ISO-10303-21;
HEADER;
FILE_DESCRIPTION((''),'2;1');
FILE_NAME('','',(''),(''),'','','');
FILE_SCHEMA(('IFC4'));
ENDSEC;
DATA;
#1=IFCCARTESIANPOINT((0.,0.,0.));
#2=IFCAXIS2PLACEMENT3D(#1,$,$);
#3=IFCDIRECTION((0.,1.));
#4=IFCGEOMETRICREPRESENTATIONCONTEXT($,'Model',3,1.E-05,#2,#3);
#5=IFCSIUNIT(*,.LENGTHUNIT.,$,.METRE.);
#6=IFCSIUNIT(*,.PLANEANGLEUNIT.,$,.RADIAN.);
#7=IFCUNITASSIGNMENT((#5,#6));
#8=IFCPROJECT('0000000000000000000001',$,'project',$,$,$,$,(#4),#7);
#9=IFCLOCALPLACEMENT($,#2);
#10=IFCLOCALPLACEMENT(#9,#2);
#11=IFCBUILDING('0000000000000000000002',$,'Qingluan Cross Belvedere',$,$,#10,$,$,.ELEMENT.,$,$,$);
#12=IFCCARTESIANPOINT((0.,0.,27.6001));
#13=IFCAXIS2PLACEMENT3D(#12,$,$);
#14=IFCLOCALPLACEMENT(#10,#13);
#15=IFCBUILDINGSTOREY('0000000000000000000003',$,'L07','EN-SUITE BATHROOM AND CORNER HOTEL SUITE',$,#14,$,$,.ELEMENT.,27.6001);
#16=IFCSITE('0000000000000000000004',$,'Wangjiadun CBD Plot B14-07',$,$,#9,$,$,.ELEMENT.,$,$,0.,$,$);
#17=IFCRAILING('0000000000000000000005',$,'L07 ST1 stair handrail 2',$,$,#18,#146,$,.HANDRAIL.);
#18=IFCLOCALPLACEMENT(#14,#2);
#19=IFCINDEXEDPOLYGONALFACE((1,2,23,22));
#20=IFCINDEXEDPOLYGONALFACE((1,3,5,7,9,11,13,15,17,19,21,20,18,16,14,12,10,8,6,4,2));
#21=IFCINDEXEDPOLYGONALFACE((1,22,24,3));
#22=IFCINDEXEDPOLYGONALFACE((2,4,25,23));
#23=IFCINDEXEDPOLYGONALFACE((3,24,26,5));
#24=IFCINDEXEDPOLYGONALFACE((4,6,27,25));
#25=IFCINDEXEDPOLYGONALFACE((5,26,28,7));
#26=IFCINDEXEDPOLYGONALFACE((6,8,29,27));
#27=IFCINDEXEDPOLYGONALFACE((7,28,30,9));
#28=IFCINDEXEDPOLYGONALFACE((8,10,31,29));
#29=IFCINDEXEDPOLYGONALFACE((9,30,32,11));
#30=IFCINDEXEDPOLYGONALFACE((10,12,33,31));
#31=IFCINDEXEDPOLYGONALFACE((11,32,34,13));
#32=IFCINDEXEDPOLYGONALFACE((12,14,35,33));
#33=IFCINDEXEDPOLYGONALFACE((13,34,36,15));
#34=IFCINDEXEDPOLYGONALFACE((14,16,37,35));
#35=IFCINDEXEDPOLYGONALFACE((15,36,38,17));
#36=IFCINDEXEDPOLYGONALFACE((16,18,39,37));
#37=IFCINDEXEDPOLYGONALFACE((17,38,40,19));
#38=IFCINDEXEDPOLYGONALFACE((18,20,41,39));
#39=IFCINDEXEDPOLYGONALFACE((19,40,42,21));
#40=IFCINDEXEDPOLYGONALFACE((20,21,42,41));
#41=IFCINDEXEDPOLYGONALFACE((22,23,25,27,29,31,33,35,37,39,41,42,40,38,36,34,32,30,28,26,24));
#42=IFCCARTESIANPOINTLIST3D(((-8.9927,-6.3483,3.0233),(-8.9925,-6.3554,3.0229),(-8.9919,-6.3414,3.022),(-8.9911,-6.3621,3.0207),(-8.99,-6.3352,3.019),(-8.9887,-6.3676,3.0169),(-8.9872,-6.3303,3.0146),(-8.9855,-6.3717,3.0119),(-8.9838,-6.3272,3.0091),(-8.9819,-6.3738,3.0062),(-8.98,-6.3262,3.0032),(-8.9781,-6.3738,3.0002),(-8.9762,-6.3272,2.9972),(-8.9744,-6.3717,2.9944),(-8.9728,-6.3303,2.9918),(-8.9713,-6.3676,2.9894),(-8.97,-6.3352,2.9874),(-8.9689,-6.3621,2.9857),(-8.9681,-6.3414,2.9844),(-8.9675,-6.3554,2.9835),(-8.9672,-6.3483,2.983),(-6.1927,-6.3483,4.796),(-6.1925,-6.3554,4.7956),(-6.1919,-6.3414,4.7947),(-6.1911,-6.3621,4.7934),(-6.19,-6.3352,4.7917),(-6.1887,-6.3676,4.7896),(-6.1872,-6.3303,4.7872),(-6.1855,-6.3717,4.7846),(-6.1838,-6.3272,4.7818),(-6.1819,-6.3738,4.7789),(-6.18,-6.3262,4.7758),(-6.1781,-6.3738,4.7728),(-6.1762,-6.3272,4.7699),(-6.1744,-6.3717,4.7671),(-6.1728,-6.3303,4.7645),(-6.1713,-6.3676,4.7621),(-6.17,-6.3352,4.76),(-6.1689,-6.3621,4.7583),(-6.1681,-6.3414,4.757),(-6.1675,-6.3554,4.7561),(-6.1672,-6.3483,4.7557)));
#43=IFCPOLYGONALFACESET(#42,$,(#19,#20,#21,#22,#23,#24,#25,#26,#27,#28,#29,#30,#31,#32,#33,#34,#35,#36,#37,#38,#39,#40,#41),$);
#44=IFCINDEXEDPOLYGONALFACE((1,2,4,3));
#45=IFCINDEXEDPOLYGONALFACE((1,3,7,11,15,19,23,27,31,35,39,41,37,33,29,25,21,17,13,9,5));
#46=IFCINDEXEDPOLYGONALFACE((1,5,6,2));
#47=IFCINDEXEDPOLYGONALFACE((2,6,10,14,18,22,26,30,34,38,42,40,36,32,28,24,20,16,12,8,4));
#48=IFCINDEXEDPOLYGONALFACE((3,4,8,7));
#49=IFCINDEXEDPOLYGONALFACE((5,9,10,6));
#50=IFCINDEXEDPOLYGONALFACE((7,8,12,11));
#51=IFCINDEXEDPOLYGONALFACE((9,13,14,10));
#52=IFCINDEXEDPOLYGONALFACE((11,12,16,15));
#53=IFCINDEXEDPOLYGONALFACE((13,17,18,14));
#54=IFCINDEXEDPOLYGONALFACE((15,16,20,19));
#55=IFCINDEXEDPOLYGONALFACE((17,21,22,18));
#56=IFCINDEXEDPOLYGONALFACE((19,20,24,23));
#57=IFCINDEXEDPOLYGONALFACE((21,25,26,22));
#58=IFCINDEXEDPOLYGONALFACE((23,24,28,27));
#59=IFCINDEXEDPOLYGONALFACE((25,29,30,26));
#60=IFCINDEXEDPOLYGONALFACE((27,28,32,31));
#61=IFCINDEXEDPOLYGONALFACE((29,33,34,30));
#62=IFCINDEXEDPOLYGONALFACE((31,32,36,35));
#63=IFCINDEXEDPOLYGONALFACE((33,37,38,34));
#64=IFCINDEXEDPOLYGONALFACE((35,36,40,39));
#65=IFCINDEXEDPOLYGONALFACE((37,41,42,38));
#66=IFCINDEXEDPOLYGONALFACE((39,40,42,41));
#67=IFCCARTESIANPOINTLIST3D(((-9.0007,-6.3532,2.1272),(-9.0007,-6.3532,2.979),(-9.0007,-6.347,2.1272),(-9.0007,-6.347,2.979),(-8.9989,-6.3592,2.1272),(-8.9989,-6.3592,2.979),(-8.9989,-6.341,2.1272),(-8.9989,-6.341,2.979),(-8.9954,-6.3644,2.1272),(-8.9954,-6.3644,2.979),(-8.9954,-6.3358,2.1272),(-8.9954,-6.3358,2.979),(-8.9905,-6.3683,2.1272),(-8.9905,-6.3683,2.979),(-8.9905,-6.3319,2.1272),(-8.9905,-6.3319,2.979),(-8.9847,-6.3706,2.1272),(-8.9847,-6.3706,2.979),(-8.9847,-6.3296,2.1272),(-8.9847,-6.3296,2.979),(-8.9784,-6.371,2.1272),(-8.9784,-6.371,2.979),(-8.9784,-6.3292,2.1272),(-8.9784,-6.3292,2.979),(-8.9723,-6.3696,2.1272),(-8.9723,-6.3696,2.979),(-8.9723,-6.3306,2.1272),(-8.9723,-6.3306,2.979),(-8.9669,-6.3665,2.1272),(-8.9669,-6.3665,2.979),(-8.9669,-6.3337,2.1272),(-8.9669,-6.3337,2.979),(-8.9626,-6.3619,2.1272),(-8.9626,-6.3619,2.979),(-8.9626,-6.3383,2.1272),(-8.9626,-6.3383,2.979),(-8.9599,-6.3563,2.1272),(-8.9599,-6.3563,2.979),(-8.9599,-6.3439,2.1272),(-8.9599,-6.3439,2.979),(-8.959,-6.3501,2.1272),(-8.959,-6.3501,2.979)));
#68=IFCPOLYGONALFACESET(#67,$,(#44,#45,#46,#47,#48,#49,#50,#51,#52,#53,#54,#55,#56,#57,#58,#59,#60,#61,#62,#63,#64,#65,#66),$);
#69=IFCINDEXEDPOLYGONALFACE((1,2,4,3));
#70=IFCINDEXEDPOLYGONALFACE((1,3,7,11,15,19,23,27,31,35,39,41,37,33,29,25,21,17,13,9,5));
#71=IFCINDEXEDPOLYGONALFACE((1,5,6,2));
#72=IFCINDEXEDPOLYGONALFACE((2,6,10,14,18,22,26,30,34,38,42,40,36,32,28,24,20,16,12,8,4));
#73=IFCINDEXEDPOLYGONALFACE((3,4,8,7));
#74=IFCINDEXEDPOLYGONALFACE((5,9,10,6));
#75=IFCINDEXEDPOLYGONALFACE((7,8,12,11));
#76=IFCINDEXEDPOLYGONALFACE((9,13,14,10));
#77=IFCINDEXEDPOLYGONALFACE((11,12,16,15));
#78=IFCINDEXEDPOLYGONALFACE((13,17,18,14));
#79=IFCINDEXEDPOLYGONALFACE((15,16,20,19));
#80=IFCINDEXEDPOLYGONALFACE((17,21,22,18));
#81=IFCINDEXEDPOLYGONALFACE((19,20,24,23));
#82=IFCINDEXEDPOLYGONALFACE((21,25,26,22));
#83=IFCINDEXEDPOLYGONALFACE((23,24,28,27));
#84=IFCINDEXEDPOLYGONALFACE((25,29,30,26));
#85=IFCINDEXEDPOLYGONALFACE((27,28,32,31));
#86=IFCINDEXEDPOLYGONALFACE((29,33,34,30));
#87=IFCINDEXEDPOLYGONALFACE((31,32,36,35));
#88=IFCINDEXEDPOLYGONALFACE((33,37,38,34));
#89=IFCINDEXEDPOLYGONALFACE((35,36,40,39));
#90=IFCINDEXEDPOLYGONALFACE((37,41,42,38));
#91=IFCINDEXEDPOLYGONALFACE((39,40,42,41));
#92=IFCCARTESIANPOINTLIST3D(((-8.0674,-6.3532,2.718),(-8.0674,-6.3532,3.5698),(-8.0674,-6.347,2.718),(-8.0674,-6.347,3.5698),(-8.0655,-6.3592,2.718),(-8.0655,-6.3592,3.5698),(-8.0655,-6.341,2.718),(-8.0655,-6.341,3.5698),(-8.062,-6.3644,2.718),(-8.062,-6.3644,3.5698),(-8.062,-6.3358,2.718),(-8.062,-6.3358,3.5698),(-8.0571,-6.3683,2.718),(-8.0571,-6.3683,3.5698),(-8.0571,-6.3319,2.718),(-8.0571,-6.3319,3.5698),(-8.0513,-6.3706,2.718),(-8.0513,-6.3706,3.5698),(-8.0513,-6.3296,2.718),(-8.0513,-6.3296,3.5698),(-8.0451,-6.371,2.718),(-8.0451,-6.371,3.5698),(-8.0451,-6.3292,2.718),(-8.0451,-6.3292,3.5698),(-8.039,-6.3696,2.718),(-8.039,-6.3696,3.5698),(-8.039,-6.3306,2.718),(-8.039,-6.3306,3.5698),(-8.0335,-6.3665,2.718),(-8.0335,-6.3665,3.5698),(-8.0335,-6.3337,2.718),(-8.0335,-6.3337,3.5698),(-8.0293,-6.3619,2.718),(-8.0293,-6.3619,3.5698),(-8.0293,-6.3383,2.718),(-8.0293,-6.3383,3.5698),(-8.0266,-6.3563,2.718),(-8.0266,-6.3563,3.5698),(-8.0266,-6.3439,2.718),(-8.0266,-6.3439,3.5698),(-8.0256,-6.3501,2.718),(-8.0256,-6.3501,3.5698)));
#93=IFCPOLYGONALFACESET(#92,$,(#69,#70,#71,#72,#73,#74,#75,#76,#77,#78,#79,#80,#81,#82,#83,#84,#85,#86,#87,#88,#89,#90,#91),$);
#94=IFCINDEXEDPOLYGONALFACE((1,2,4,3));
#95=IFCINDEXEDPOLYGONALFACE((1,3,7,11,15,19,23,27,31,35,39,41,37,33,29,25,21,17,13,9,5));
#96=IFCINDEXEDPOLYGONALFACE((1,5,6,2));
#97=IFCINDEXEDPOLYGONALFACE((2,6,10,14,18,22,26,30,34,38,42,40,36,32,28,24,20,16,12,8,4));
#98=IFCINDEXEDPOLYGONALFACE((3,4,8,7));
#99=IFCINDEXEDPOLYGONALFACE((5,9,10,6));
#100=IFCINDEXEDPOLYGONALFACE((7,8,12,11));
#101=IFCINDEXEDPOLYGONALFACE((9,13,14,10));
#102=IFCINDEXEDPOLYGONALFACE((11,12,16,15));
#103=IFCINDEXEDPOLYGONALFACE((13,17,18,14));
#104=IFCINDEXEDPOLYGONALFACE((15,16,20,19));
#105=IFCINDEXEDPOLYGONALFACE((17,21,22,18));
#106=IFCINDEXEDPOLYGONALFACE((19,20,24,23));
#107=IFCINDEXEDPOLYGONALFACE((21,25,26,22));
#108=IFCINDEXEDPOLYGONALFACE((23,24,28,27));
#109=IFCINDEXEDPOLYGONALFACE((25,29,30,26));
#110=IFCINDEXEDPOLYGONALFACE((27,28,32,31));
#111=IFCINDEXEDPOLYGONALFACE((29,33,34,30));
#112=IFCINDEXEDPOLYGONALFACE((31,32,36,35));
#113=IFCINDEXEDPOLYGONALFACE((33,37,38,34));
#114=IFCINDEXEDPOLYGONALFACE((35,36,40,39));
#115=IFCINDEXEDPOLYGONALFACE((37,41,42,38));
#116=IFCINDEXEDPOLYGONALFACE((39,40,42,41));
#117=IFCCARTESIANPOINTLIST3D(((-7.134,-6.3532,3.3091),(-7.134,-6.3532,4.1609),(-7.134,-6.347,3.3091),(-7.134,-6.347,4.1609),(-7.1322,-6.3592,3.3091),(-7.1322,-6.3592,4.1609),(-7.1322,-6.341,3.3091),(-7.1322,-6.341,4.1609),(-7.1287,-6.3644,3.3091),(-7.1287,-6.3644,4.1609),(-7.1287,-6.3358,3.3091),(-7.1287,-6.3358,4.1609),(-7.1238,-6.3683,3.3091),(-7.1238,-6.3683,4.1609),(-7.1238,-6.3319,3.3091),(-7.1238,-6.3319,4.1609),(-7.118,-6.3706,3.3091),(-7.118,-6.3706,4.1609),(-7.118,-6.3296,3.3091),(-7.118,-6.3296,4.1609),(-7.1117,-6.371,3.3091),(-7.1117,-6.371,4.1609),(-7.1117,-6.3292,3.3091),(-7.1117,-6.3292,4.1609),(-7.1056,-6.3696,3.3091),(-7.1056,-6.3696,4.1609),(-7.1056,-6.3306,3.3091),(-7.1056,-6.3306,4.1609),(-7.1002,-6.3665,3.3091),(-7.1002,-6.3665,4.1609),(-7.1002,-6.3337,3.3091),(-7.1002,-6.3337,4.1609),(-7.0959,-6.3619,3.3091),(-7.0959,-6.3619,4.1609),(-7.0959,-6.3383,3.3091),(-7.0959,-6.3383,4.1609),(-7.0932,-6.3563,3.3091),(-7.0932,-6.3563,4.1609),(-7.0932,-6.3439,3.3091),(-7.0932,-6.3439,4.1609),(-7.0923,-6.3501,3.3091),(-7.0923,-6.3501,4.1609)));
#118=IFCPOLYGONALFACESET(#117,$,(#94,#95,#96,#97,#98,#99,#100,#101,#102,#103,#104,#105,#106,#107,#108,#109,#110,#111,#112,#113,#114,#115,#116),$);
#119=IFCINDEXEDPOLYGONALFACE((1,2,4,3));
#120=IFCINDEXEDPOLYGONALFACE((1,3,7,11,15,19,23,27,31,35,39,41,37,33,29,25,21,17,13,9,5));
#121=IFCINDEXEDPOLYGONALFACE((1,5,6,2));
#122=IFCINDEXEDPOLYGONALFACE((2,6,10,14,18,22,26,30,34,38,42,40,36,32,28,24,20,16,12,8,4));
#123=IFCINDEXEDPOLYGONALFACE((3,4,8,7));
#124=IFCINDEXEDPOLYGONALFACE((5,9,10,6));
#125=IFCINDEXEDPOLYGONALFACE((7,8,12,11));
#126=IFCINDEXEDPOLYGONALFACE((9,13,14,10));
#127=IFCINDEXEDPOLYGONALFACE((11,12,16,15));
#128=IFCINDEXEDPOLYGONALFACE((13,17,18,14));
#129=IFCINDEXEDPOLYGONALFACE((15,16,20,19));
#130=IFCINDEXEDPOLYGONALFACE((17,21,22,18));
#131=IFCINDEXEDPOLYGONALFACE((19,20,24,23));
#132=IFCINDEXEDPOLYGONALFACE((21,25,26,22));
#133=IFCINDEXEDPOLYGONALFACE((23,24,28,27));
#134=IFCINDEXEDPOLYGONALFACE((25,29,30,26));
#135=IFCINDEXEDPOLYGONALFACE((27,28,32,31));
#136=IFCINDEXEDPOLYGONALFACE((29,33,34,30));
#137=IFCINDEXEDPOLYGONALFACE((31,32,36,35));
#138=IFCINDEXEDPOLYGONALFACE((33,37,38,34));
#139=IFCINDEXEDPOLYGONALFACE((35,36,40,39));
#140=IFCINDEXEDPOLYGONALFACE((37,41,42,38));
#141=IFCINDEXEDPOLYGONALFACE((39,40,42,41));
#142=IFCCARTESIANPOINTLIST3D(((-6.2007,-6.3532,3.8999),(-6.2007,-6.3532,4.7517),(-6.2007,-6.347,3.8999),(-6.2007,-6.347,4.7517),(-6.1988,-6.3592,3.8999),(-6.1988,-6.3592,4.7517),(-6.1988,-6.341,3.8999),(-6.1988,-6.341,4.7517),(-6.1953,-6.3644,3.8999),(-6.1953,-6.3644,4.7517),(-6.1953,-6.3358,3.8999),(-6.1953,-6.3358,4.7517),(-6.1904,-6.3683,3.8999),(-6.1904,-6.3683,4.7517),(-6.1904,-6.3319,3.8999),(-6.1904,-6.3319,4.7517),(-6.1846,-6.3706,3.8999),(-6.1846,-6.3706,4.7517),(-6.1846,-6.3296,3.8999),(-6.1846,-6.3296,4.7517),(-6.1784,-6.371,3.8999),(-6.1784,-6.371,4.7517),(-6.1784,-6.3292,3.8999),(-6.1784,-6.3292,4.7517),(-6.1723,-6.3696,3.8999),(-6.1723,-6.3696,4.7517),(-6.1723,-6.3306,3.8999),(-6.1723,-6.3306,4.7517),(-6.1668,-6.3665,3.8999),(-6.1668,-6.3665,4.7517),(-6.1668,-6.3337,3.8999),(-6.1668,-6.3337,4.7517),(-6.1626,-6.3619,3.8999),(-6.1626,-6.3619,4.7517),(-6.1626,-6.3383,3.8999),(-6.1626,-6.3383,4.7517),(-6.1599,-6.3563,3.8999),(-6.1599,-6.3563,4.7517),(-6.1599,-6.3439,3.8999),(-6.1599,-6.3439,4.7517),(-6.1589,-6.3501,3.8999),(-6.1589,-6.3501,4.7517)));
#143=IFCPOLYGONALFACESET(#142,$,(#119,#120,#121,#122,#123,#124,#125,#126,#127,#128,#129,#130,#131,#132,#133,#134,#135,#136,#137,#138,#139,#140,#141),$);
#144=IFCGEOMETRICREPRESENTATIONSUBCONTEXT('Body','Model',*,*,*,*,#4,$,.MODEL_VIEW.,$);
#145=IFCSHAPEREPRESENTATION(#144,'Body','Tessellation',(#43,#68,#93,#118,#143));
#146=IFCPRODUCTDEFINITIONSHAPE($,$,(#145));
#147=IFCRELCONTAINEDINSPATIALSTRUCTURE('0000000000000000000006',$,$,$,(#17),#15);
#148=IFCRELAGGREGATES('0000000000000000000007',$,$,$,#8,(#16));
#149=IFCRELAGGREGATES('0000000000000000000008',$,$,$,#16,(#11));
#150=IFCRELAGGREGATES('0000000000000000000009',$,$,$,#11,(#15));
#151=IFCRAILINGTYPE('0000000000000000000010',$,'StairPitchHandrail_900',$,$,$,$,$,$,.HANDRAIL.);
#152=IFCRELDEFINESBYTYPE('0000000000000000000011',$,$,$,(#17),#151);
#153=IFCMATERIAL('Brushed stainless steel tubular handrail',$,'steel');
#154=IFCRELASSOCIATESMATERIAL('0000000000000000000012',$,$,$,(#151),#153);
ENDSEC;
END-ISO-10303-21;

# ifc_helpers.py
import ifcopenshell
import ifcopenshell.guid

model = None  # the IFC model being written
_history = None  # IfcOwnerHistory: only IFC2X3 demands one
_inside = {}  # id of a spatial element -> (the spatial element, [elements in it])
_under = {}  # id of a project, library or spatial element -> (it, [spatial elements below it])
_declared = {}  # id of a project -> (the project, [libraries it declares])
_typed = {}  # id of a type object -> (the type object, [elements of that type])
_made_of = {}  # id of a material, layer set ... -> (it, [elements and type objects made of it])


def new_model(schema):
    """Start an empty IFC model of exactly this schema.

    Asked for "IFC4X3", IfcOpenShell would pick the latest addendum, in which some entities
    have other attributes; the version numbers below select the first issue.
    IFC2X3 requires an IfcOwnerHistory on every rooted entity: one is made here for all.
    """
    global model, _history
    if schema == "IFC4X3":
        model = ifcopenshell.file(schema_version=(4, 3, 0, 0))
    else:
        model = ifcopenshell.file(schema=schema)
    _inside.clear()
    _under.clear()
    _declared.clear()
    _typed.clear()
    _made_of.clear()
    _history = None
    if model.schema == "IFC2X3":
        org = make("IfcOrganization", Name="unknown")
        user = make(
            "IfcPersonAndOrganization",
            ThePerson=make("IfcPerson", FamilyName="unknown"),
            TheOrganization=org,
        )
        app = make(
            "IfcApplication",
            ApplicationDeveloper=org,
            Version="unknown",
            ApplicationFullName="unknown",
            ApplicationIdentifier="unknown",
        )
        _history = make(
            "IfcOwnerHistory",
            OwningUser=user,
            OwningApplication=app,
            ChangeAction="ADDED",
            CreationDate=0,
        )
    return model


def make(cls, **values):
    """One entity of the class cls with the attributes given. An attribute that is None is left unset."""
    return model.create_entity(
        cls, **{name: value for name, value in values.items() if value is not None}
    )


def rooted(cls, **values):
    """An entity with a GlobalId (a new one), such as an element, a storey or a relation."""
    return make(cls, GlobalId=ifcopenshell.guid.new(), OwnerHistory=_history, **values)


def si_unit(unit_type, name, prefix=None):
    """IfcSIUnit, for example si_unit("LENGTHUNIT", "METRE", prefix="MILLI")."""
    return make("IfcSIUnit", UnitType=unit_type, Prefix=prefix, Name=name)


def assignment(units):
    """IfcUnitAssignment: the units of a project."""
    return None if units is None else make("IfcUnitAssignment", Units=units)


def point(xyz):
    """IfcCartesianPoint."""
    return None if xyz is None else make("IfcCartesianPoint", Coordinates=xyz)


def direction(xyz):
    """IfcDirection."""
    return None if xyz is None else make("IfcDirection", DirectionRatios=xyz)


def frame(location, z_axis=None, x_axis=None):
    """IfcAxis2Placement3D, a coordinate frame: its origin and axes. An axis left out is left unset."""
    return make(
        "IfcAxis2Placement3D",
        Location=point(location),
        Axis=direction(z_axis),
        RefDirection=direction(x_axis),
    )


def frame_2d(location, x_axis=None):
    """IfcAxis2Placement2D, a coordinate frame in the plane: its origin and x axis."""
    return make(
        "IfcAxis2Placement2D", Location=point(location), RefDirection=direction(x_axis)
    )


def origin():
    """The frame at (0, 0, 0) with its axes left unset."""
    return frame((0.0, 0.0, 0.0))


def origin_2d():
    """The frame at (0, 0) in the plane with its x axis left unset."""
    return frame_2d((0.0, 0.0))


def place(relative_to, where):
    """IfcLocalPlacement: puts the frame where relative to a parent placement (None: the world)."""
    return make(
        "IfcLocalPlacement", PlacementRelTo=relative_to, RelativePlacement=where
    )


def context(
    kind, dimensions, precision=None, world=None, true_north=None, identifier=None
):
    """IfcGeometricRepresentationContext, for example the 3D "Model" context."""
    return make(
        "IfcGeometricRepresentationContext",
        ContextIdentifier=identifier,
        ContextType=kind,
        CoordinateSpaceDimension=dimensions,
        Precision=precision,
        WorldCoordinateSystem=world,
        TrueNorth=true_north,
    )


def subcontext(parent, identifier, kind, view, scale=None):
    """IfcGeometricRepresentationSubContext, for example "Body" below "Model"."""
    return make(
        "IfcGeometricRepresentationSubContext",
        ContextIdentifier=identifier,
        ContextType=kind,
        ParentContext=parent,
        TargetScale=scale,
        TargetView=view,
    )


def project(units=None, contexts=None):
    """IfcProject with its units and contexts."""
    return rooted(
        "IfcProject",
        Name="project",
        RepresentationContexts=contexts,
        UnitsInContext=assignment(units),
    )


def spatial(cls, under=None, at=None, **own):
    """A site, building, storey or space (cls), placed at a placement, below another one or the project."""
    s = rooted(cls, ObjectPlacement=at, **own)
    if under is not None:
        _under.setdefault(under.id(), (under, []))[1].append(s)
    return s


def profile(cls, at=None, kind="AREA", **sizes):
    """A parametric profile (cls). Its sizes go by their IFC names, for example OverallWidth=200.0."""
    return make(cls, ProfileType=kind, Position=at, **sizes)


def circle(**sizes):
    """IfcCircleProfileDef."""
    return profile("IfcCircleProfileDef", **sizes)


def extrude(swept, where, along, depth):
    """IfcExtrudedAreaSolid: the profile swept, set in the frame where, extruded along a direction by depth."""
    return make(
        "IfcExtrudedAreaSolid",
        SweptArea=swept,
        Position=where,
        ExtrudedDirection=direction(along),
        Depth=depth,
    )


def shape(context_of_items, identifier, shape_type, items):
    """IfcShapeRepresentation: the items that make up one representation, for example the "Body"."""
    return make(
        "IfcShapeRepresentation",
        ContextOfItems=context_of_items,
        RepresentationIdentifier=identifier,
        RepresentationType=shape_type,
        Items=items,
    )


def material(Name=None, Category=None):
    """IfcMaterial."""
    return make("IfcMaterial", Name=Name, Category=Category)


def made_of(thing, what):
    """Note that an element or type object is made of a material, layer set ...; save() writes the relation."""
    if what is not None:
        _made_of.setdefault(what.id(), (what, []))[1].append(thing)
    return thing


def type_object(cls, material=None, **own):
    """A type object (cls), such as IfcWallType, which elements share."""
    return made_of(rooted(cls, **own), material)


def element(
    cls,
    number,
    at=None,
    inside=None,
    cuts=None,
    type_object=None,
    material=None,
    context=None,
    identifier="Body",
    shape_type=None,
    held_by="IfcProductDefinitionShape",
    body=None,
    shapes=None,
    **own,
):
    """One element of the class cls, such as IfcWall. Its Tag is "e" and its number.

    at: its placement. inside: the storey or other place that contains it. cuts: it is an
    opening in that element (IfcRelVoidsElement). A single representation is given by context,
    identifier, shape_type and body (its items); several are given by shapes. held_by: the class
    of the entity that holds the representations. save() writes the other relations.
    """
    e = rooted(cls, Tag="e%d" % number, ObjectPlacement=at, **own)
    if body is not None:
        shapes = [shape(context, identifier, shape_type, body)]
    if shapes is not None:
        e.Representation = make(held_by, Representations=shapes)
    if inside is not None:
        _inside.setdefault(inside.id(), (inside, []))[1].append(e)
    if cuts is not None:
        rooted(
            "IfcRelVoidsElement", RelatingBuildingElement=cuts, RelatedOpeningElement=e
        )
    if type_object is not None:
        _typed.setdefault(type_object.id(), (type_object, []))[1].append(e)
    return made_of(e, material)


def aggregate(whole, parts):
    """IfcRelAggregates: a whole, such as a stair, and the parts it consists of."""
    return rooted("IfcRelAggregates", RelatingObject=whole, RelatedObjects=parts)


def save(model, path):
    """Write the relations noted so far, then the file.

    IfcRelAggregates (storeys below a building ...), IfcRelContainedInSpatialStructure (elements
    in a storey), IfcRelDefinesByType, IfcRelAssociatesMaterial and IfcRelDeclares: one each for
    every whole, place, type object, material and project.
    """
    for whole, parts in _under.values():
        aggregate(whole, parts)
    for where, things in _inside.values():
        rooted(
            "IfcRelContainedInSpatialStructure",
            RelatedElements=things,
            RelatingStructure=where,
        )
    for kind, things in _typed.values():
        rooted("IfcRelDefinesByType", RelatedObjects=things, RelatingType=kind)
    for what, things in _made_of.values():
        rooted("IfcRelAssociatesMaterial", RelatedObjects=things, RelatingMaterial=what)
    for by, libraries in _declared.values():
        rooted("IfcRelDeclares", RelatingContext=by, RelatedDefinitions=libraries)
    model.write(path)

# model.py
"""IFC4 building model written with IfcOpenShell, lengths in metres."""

from ifc_helpers import new_model, si_unit, direction, frame, origin, origin_2d, place, context, subcontext, project, spatial, circle, extrude, material, type_object, element, save


model = new_model("IFC4")

# Units and contexts
model_context = context("Model", 3, precision=1e-05, world=origin(), true_north=direction((0.0, 1.0)))
body_context = subcontext(model_context, "Body", "Model", "MODEL_VIEW")
ifc_project = project(units=[si_unit("LENGTHUNIT", "METRE"), si_unit("PLANEANGLEUNIT", "RADIAN")], contexts=[model_context])

# Site, building, storey
site_placement = place(None, origin())
site = spatial("IfcSite", under=ifc_project, at=site_placement, Name="Wangjiadun CBD Plot B14-07", CompositionType="ELEMENT", RefElevation=0.0)
building_placement = place(site_placement, origin())
building = spatial("IfcBuilding", under=site, at=building_placement, Name="Qingluan Cross Belvedere", CompositionType="ELEMENT")
storey_placement = place(building_placement, frame((0.0, 0.0, 27.6001)))
storey = spatial("IfcBuildingStorey", under=building, at=storey_placement, Name="L07", Description="EN-SUITE BATHROOM AND CORNER HOTEL SUITE", CompositionType="ELEMENT", Elevation=27.6001)

# Railing
ifc_material_1 = material(Name="Brushed stainless steel tubular handrail", Category="steel")
railing_type_1 = type_object("IfcRailingType", Name="StairPitchHandrail_900", PredefinedType="HANDRAIL", material=ifc_material_1)
railing_1_placement = place(storey_placement, frame((-8.98, -6.3501, 2.1272)))
element("IfcRailing", 1, at=railing_1_placement, inside=storey, type_object=railing_type_1, Name="L07 ST1 stair handrail 2", PredefinedType="HANDRAIL", context=body_context, shape_type="SweptSolid", body=[
    extrude(circle(Radius=0.0239, at=origin_2d()), frame((0.0, 0.0, 0.876), z_axis=(0.844909, 0.0, 0.53491), x_axis=(0.0, 1.0, 0.0)), (0.0, 0.0, 1.0), 3.314),
    extrude(circle(Radius=0.021, at=origin_2d()), origin(), (0.0, 0.0, 1.0), 0.8518),
    extrude(circle(Radius=0.021, at=origin_2d()), frame((0.9333, 0.0, 0.5908)), (0.0, 0.0, 1.0), 0.8518),
    extrude(circle(Radius=0.021, at=origin_2d()), frame((1.8667, 0.0, 1.1819)), (0.0, 0.0, 1.0), 0.8518),
    extrude(circle(Radius=0.021, at=origin_2d()), frame((2.8, 0.0, 1.7727)), (0.0, 0.0, 1.0), 0.8518),
])

save(model, "model.ifc")
